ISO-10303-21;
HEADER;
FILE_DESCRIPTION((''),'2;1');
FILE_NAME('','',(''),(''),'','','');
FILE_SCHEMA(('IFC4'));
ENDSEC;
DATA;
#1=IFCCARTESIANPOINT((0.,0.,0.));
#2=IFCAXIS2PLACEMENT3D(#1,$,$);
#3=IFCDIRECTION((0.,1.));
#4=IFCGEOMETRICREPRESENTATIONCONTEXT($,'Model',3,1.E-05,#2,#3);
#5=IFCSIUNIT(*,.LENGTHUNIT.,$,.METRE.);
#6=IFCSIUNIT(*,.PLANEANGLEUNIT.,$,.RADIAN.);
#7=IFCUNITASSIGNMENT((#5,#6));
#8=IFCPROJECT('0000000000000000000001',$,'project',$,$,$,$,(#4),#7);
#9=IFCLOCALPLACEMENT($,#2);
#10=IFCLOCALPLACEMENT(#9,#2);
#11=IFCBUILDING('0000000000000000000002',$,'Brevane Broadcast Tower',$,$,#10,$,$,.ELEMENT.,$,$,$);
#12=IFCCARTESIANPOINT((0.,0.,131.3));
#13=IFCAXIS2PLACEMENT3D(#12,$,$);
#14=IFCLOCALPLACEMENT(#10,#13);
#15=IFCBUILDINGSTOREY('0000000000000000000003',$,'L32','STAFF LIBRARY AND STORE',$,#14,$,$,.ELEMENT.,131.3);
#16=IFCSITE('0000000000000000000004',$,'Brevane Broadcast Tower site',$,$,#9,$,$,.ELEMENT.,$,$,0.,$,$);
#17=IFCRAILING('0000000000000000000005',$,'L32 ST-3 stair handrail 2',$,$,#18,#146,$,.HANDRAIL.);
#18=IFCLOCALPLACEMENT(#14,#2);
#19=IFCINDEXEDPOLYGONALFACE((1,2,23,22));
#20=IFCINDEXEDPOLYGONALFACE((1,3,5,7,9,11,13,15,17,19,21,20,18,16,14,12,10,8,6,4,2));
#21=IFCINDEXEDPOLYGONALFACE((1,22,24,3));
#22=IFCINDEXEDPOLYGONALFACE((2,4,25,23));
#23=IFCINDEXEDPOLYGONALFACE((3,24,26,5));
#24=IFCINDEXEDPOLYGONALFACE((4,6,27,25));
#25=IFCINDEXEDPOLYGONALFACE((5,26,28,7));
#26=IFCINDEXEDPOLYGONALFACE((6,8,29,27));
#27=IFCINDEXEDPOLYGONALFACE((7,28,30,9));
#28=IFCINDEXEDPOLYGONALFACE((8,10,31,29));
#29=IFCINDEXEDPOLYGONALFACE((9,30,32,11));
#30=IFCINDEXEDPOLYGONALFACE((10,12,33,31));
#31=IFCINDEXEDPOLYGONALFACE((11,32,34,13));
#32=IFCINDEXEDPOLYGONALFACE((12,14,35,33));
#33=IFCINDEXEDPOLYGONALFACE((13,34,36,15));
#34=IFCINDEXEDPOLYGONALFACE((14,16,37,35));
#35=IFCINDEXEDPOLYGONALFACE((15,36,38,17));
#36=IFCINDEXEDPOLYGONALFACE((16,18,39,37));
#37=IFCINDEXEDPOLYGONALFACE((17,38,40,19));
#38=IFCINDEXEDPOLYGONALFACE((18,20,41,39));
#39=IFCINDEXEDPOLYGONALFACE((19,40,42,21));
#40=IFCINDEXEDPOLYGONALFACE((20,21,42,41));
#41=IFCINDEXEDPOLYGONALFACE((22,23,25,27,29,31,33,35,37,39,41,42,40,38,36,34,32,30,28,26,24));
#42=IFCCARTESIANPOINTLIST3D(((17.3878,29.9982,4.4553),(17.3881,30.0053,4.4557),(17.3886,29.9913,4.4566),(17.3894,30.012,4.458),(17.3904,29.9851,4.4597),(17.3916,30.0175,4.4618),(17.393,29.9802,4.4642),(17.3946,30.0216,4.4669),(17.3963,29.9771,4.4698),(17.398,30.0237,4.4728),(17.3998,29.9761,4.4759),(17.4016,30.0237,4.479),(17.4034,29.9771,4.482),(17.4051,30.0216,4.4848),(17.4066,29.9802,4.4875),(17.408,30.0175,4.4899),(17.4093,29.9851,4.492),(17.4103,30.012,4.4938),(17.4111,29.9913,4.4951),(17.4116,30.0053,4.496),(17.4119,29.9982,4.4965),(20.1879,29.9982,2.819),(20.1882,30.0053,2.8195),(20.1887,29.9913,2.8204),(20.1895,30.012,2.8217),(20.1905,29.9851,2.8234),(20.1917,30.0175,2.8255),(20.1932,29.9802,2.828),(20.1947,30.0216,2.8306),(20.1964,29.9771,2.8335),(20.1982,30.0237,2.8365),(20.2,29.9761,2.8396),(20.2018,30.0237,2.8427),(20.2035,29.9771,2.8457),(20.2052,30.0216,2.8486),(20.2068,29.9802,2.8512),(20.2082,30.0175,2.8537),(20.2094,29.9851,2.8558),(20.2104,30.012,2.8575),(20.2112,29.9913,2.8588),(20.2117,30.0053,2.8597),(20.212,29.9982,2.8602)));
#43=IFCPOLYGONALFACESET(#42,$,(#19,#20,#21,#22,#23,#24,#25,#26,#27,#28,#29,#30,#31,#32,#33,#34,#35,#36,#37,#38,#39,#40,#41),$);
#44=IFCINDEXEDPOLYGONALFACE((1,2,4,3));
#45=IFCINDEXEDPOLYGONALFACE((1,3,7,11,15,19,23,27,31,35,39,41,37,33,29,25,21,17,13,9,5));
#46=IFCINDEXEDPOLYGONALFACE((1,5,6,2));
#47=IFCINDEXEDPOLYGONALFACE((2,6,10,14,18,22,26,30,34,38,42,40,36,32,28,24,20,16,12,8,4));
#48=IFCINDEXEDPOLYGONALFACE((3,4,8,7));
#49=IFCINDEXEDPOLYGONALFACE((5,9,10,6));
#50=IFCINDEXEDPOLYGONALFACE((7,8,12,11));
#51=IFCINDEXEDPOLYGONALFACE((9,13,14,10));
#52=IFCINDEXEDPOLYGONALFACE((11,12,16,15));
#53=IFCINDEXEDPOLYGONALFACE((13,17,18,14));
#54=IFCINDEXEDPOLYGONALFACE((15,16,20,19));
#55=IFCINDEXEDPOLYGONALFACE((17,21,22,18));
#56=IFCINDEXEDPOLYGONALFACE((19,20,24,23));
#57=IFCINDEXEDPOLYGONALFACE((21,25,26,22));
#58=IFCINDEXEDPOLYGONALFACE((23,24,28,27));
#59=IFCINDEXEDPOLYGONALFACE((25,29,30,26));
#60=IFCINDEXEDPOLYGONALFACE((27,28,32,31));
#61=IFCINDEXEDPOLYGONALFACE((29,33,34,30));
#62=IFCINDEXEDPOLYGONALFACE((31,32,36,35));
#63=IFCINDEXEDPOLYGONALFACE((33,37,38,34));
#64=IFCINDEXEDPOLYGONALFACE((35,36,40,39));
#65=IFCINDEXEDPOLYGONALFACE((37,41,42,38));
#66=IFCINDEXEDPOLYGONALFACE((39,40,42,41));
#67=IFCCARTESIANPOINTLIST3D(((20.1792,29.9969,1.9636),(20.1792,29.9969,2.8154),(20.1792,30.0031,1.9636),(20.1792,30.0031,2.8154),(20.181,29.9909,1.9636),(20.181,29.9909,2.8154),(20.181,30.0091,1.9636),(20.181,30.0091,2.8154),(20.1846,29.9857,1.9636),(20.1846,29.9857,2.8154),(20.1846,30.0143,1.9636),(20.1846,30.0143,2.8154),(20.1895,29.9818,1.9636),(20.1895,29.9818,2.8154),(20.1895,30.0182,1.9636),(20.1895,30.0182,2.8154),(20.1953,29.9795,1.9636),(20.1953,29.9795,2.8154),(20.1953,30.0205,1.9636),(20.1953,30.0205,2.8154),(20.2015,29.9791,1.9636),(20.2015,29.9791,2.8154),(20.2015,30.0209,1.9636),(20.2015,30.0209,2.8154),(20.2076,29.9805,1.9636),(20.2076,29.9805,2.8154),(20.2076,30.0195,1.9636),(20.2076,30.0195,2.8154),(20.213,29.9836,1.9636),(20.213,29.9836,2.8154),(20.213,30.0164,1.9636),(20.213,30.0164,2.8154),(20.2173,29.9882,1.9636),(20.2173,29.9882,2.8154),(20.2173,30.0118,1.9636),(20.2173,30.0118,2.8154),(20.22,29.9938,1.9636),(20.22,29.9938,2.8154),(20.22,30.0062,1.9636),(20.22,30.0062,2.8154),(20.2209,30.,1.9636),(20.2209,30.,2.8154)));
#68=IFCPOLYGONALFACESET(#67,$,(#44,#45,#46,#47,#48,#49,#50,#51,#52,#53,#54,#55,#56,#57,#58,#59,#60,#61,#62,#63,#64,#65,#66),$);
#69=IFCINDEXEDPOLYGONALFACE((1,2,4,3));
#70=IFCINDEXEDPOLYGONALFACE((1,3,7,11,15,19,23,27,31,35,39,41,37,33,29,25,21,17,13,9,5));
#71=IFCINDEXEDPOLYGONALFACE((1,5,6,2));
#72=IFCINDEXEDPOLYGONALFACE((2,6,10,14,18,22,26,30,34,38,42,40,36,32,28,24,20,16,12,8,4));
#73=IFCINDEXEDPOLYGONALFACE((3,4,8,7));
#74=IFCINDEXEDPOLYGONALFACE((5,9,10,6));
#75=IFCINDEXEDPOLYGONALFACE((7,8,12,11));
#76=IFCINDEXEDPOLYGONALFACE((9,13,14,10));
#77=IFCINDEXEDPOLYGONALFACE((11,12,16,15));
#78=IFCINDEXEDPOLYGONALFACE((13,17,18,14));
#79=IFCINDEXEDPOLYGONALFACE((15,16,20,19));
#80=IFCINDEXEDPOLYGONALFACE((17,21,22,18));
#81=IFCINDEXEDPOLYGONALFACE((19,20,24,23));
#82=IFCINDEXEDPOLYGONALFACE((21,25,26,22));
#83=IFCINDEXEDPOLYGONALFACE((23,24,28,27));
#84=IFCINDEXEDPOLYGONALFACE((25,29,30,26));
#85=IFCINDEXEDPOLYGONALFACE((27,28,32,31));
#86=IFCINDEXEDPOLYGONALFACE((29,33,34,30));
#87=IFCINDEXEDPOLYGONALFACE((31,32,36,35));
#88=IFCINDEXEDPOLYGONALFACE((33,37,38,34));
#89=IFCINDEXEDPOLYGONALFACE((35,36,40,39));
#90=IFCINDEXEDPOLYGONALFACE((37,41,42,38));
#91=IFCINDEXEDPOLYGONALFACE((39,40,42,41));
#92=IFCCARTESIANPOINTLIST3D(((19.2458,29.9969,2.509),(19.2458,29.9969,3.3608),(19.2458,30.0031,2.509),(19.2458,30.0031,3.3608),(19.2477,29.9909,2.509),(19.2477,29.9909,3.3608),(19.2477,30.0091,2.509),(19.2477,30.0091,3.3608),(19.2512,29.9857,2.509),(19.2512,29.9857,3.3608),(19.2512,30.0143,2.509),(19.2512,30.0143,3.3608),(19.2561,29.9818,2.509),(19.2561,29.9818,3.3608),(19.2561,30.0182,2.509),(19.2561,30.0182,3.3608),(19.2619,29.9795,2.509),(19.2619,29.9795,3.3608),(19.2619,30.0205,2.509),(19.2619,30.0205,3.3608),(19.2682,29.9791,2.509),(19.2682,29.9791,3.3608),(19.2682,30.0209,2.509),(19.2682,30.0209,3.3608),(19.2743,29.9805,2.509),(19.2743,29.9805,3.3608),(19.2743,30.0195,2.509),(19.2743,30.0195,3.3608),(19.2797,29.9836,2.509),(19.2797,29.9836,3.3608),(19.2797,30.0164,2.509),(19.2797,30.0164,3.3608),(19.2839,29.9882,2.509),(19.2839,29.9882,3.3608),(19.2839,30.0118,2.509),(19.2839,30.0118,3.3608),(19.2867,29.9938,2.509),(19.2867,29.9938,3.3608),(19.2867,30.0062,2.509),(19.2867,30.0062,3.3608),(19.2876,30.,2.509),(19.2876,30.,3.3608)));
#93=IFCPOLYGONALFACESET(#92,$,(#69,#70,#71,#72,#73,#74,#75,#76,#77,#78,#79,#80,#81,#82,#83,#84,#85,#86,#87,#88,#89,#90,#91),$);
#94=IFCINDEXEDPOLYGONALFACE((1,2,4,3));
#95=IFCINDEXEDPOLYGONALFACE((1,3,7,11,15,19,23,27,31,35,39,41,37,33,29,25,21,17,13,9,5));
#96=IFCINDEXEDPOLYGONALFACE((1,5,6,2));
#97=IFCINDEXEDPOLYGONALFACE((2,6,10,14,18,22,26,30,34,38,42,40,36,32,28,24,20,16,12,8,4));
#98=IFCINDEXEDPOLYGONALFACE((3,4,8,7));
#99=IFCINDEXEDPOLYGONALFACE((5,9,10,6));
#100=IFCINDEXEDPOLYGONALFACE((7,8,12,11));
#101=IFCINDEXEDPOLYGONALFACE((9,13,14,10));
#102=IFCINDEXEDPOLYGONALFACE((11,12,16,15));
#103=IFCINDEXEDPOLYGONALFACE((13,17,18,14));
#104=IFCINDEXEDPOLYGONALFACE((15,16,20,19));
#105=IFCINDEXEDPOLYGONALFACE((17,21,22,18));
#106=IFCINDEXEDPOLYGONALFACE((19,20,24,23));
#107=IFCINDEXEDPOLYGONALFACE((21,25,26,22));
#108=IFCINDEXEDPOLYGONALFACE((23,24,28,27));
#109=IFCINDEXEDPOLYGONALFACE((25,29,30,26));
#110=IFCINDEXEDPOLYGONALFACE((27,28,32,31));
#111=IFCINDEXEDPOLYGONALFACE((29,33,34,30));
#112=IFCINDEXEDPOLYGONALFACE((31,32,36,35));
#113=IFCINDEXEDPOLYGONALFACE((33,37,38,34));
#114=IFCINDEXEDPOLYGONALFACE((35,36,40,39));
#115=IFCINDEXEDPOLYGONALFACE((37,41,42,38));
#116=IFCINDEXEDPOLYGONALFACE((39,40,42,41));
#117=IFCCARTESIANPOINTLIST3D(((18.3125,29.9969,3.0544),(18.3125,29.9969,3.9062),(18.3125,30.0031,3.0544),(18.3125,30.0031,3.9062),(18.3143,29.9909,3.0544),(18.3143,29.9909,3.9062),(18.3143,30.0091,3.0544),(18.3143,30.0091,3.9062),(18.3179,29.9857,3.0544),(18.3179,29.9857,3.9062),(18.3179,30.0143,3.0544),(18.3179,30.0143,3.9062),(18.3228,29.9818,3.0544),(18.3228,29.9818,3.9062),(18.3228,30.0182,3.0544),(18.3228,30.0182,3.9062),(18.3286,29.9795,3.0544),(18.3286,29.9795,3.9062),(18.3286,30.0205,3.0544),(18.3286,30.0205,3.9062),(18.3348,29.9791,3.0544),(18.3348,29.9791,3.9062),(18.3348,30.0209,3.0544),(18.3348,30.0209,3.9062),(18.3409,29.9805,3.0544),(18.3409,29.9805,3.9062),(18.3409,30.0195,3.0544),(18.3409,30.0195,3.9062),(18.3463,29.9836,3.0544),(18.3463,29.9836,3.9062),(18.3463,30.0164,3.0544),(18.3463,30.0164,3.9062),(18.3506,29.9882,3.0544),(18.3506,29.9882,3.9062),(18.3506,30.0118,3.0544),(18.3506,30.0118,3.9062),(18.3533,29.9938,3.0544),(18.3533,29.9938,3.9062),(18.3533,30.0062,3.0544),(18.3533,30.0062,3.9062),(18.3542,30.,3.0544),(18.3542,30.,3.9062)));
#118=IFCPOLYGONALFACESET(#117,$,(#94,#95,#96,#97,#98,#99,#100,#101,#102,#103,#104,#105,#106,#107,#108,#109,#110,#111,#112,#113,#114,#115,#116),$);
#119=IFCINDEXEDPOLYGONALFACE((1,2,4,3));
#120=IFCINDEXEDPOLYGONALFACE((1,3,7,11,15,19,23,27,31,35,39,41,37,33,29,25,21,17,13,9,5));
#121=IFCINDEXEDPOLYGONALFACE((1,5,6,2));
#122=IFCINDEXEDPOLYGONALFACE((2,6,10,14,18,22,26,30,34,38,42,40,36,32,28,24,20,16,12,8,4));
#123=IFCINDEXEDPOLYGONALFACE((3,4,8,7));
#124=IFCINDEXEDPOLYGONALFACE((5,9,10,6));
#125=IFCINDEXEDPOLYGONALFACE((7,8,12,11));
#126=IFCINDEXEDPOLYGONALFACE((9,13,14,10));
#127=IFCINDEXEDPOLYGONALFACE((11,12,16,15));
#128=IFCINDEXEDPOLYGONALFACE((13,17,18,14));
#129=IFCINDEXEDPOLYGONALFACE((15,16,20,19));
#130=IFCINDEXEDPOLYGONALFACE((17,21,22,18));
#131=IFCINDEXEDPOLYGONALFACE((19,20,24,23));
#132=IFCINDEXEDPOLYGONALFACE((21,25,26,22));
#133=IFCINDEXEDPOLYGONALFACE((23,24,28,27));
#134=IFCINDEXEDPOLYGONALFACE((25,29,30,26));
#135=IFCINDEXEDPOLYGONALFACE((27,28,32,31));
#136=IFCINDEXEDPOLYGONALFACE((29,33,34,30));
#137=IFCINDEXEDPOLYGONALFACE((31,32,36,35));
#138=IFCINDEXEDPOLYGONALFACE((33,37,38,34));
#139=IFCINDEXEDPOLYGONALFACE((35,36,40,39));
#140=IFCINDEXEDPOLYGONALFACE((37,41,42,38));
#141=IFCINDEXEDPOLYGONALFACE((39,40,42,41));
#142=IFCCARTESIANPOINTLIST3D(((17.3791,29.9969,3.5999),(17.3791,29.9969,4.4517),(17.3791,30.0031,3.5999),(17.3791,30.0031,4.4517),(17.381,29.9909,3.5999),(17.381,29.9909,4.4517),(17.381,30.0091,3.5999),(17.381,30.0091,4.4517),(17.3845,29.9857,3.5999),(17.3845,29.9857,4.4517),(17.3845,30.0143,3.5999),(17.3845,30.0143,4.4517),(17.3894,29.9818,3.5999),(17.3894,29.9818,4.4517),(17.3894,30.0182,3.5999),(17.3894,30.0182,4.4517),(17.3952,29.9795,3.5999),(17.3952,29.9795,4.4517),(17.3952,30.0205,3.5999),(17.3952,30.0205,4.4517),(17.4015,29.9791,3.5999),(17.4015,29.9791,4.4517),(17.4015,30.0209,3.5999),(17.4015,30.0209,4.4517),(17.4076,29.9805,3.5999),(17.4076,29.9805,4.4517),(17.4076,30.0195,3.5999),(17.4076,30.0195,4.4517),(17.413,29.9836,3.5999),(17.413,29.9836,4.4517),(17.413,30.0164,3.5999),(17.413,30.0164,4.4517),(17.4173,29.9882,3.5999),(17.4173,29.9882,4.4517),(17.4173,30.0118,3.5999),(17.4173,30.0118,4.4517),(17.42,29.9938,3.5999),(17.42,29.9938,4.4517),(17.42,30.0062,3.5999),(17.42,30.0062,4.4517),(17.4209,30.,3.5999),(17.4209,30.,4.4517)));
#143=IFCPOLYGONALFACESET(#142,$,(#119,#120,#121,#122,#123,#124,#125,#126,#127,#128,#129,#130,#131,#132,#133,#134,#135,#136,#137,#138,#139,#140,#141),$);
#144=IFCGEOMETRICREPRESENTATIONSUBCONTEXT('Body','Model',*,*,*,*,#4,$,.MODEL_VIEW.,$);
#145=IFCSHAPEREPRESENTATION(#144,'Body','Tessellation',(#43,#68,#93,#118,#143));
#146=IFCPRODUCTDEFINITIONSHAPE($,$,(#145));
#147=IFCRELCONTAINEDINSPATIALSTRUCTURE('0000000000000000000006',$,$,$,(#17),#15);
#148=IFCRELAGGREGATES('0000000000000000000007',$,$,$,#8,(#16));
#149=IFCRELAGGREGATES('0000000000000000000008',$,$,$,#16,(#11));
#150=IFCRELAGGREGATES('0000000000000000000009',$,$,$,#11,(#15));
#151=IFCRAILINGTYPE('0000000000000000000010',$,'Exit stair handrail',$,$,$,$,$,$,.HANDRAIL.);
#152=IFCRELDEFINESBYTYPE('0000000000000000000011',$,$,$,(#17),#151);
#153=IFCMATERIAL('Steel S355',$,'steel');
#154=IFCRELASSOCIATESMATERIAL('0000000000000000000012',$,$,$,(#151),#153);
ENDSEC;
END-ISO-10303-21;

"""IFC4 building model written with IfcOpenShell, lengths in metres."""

from ifc_helpers import new_model, si_unit, direction, frame, origin, origin_2d, place, context, subcontext, project, spatial, circle, extrude, material, type_object, element, save


model = new_model("IFC4")

# Units and contexts
model_context = context("Model", 3, precision=1e-05, world=origin(), true_north=direction((0.0, 1.0)))
body_context = subcontext(model_context, "Body", "Model", "MODEL_VIEW")
ifc_project = project(units=[si_unit("LENGTHUNIT", "METRE"), si_unit("PLANEANGLEUNIT", "RADIAN")], contexts=[model_context])

# Site, building, storey
site_placement = place(None, origin())
site = spatial("IfcSite", under=ifc_project, at=site_placement, Name="Brevane Broadcast Tower site", CompositionType="ELEMENT", RefElevation=0.0)
building_placement = place(site_placement, origin())
building = spatial("IfcBuilding", under=site, at=building_placement, Name="Brevane Broadcast Tower", CompositionType="ELEMENT")
storey_placement = place(building_placement, frame((0.0, 0.0, 131.3)))
storey = spatial("IfcBuildingStorey", under=building, at=storey_placement, Name="L32", Description="STAFF LIBRARY AND STORE", CompositionType="ELEMENT", Elevation=131.3)

# Railing
ifc_material_1 = material(Name="Steel S355", Category="steel")
railing_type_1 = type_object("IfcRailingType", Name="Exit stair handrail", PredefinedType="HANDRAIL", material=ifc_material_1)
railing_1_placement = place(storey_placement, frame((20.2, 30.0, 1.9636)))
element("IfcRailing", 1, at=railing_1_placement, inside=storey, type_object=railing_type_1, Name="L32 ST-3 stair handrail 2", PredefinedType="HANDRAIL", context=body_context, shape_type="SweptSolid", body=[
    extrude(circle(Radius=0.0239, at=origin_2d()), frame((0.0, 0.0, 0.876), z_axis=(-0.863394, 0.0, 0.504531), x_axis=(0.0, -1.0, 0.0)), (0.0, 0.0, 1.0), 3.2432),
    extrude(circle(Radius=0.021, at=origin_2d()), origin(), (0.0, 0.0, 1.0), 0.8518),
    extrude(circle(Radius=0.021, at=origin_2d()), frame((-0.9333, 0.0, 0.5454)), (0.0, 0.0, 1.0), 0.8518),
    extrude(circle(Radius=0.021, at=origin_2d()), frame((-1.8667, 0.0, 1.0908)), (0.0, 0.0, 1.0), 0.8518),
    extrude(circle(Radius=0.021, at=origin_2d()), frame((-2.8, 0.0, 1.6362)), (0.0, 0.0, 1.0), 0.8518),
])

save(model, "model.ifc")
